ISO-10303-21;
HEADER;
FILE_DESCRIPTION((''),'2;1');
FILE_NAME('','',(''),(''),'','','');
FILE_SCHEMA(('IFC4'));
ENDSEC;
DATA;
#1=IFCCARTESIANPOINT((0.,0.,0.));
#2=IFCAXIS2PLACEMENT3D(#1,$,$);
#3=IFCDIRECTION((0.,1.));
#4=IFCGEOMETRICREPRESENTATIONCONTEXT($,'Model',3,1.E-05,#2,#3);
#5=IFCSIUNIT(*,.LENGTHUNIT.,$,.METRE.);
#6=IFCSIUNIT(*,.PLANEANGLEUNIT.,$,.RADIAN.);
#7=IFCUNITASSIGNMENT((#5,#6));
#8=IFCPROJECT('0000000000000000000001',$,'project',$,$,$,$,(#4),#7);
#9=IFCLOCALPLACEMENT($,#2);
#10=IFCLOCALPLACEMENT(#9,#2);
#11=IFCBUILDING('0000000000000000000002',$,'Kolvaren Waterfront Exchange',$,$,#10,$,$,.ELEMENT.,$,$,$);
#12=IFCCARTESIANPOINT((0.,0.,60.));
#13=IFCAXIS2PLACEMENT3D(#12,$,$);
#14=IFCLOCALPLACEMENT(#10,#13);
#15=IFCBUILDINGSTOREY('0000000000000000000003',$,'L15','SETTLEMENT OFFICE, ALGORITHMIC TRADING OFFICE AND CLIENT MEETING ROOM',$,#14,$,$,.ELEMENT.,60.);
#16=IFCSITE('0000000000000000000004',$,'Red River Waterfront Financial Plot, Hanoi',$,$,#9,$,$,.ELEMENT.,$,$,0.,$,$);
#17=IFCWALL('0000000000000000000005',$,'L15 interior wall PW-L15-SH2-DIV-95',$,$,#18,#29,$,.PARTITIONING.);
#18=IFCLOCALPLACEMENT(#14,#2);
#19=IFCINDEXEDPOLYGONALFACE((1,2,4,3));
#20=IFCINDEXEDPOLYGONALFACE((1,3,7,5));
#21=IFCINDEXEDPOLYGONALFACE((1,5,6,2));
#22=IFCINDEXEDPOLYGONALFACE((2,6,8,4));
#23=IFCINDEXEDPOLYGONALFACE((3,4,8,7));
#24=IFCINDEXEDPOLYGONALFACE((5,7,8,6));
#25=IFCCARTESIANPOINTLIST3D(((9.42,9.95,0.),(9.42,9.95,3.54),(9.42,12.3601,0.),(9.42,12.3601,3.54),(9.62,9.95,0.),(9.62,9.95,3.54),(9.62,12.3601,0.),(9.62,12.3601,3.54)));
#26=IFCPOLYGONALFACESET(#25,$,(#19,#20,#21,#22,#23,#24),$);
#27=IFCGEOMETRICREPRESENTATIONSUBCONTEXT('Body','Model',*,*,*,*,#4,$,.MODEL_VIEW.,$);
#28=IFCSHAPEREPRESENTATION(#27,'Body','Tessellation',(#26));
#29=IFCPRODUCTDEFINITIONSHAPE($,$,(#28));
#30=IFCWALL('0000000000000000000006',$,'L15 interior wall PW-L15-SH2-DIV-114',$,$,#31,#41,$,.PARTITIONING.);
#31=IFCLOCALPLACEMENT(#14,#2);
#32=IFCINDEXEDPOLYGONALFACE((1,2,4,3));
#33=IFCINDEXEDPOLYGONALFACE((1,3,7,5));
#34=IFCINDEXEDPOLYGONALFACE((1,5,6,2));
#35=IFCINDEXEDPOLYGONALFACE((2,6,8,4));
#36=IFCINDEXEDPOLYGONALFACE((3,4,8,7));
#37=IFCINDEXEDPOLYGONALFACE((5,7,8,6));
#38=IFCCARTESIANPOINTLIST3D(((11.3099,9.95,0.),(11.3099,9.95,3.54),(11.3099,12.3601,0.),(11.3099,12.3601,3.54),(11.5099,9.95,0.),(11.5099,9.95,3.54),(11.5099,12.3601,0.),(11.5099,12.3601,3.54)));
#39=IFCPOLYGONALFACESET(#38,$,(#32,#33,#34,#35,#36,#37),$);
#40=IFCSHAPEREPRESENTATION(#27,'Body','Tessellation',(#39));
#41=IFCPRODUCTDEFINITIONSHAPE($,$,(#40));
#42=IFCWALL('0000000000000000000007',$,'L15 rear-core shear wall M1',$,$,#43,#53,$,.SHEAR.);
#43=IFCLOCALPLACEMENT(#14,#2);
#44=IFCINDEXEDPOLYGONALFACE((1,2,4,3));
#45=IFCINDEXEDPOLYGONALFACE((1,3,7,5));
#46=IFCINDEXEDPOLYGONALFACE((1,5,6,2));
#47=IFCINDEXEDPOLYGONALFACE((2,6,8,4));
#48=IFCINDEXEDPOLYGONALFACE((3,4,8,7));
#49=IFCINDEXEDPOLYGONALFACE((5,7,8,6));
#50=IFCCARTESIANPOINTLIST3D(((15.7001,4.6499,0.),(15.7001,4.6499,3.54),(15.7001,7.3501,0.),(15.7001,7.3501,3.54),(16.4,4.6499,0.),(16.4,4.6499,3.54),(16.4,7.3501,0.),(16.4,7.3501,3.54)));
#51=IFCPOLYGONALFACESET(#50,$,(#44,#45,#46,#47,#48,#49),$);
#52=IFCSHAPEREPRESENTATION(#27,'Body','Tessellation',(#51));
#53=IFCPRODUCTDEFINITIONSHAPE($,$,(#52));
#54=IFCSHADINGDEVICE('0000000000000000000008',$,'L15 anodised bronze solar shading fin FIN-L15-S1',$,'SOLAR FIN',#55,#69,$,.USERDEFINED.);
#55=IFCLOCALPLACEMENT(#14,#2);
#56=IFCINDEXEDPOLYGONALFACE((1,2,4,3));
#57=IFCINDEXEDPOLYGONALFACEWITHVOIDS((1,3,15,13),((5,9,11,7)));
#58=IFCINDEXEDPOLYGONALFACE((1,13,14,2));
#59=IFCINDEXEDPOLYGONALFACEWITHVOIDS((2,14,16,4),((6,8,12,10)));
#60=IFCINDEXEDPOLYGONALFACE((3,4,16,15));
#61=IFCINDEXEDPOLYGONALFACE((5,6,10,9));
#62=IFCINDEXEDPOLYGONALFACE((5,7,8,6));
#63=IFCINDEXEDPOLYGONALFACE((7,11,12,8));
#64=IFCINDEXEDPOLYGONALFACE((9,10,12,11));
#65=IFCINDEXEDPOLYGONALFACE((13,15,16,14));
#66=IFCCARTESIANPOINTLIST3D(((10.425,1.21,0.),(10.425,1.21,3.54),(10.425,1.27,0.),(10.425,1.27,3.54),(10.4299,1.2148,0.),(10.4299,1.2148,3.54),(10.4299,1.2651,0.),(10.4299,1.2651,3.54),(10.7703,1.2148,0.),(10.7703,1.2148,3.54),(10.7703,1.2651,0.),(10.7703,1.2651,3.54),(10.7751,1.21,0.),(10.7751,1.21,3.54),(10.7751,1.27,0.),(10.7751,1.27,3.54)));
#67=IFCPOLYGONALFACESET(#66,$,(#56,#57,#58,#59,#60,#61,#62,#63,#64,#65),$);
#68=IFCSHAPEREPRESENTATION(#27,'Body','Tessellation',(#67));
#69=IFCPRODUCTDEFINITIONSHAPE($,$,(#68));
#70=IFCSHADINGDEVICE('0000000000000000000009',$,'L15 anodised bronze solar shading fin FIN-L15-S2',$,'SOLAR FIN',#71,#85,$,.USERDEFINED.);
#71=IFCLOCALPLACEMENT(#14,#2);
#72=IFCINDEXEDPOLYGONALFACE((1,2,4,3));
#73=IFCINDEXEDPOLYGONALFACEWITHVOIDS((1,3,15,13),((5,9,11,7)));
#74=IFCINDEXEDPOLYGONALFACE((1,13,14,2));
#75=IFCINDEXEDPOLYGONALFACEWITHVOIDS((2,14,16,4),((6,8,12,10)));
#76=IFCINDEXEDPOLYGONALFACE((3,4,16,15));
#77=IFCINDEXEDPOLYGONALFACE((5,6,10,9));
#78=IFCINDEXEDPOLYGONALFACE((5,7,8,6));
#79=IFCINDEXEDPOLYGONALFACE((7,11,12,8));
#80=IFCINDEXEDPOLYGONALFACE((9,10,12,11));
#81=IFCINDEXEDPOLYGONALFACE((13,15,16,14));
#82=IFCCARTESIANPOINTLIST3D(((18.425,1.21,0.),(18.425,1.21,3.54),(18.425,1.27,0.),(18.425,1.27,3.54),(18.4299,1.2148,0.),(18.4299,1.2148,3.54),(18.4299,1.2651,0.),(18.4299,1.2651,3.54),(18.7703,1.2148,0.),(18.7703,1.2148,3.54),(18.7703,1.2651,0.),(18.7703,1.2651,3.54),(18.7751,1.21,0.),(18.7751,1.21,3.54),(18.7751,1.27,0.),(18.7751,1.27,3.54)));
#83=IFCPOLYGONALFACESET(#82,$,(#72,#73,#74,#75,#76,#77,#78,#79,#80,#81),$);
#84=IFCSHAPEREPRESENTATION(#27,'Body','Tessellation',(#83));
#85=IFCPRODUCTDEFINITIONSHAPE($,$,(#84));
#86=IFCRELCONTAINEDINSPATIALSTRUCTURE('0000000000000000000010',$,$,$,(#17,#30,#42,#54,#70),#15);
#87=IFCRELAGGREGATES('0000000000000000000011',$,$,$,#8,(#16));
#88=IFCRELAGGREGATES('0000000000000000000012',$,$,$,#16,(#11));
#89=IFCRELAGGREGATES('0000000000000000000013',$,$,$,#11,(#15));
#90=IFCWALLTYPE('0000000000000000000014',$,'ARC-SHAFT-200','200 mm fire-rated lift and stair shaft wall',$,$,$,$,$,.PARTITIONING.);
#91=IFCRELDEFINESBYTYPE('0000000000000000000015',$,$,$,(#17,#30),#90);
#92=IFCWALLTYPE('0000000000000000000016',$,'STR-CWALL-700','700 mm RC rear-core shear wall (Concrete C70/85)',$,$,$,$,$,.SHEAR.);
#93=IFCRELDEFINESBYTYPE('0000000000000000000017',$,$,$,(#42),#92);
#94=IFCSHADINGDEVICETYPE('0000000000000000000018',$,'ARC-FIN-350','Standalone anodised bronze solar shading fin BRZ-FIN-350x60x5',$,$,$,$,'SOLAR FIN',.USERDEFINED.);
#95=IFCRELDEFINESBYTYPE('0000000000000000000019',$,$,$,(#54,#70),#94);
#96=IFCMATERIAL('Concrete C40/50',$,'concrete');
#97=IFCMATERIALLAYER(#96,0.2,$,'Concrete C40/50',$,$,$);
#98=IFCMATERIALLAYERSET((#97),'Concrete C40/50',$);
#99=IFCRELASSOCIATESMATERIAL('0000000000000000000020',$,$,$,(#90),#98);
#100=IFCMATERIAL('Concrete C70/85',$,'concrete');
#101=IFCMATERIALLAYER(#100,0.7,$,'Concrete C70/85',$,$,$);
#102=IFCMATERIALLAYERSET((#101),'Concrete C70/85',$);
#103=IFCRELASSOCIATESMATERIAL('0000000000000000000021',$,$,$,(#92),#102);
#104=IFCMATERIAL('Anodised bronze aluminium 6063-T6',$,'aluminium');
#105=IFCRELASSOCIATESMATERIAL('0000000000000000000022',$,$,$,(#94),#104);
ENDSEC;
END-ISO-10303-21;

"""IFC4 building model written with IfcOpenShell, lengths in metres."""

from ifc_helpers import new_model, si_unit, direction, frame, frame_2d, origin, origin_2d, place, context, subcontext, project, spatial, rectangle, hollow_rectangle, extrude, material, layer, layer_set, material_profile, profile_set, type_object, element, save


model = new_model("IFC4")

# Units and contexts
model_context = context("Model", 3, precision=1e-05, world=origin(), true_north=direction((0.0, 1.0)))
body_context = subcontext(model_context, "Body", "Model", "MODEL_VIEW")
ifc_project = project(units=[si_unit("LENGTHUNIT", "METRE"), si_unit("PLANEANGLEUNIT", "RADIAN")], contexts=[model_context])

# Site, building, storey
site_placement = place(None, origin())
site = spatial("IfcSite", under=ifc_project, at=site_placement, Name="Red River Waterfront Financial Plot, Hanoi", CompositionType="ELEMENT", RefElevation=0.0)
building_placement = place(site_placement, origin())
building = spatial("IfcBuilding", under=site, at=building_placement, Name="Kolvaren Waterfront Exchange", CompositionType="ELEMENT")
storey_placement = place(building_placement, frame((0.0, 0.0, 60.0)))
storey = spatial("IfcBuildingStorey", under=building, at=storey_placement, Name="L15", Description="SETTLEMENT OFFICE, ALGORITHMIC TRADING OFFICE AND CLIENT MEETING ROOM", CompositionType="ELEMENT", Elevation=60.0)

# Shared definitions
ifc_material_1 = material(Name="Concrete C70/85", Category="concrete")

# Shared definitions
ifc_material_2 = material(Name="Anodised bronze aluminium 6063-T6", Category="aluminium")

# Walls
ifc_material_3 = material(Name="Concrete C40/50", Category="concrete")
ifc_layer_1 = layer(ifc_material_3, 0.2, Name="Concrete C40/50")
ifc_layer_set_1 = layer_set([ifc_layer_1], Name="Concrete C40/50")
wall_type_1 = type_object("IfcWallType", Name="ARC-SHAFT-200", Description="200 mm fire-rated lift and stair shaft wall", PredefinedType="PARTITIONING", material=ifc_layer_set_1)
for number, where, z_axis, x_axis, name in (
    (1, (9.52, 9.95, 0.0), (0.0, 0.0, 1.0), (0.0, 1.0, 0.0), "L15 interior wall PW-L15-SH2-DIV-95"),
    (2, (11.4099, 9.95, 0.0), (0.0, 0.0, 1.0), (0.0, 1.0, 0.0), "L15 interior wall PW-L15-SH2-DIV-114"),
):
    element("IfcWall", number, at=place(storey_placement, frame(where, z_axis=z_axis, x_axis=x_axis)), inside=storey, type_object=wall_type_1, Name=name, PredefinedType="PARTITIONING", context=body_context, shape_type="SweptSolid", body=[
        extrude(rectangle(XDim=2.4102, YDim=0.2, at=frame_2d((1.2051, 0.0))), origin(), (0.0, 0.0, 1.0), 3.54),
    ])
ifc_layer_2 = layer(ifc_material_1, 0.7, Name="Concrete C70/85")
ifc_layer_set_2 = layer_set([ifc_layer_2], Name="Concrete C70/85")
wall_type_2 = type_object("IfcWallType", Name="STR-CWALL-700", Description="700 mm RC rear-core shear wall (Concrete C70/85)", PredefinedType="SHEAR", material=ifc_layer_set_2)
wall_1_placement = place(storey_placement, frame((16.05, 4.6499, 0.0), z_axis=(0.0, 0.0, 1.0), x_axis=(0.0, 1.0, 0.0)))
element("IfcWall", 3, at=wall_1_placement, inside=storey, type_object=wall_type_2, Name="L15 rear-core shear wall M1", PredefinedType="SHEAR", context=body_context, shape_type="SweptSolid", body=[
    extrude(rectangle(XDim=2.7002, YDim=0.7, at=frame_2d((1.3501, 0.0))), origin(), (0.0, 0.0, 1.0), 3.54),
])

# Shading devices
ifc_material_profile_1 = material_profile(ifc_material_2, hollow_rectangle(XDim=0.0601, YDim=0.3501, WallThickness=0.0049, at=origin_2d()), Name="BRZ-FIN-350x60x5")
ifc_profile_set_1 = profile_set([ifc_material_profile_1], Name="Anodised bronze aluminium 6063-T6")
shading_device_type = type_object("IfcShadingDeviceType", Name="ARC-FIN-350", Description="Standalone anodised bronze solar shading fin BRZ-FIN-350x60x5", ElementType="SOLAR FIN", PredefinedType="USERDEFINED", material=ifc_profile_set_1)
for number, where, z_axis, x_axis, name in (
    (4, (10.6001, 1.24, 0.0), (0.0, 0.0, 1.0), (0.0, -1.0, 0.0), "L15 anodised bronze solar shading fin FIN-L15-S1"),
    (5, (18.6001, 1.24, 0.0), (0.0, 0.0, 1.0), (0.0, -1.0, 0.0), "L15 anodised bronze solar shading fin FIN-L15-S2"),
):
    element("IfcShadingDevice", number, at=place(storey_placement, frame(where, z_axis=z_axis, x_axis=x_axis)), inside=storey, type_object=shading_device_type, Name=name, ObjectType="SOLAR FIN", PredefinedType="USERDEFINED", context=body_context, shape_type="SweptSolid", body=[
        extrude(hollow_rectangle(XDim=0.0601, YDim=0.3501, WallThickness=0.0049, at=origin_2d()), origin(), (0.0, 0.0, 1.0), 3.54),
    ])

save(model, "model.ifc")
